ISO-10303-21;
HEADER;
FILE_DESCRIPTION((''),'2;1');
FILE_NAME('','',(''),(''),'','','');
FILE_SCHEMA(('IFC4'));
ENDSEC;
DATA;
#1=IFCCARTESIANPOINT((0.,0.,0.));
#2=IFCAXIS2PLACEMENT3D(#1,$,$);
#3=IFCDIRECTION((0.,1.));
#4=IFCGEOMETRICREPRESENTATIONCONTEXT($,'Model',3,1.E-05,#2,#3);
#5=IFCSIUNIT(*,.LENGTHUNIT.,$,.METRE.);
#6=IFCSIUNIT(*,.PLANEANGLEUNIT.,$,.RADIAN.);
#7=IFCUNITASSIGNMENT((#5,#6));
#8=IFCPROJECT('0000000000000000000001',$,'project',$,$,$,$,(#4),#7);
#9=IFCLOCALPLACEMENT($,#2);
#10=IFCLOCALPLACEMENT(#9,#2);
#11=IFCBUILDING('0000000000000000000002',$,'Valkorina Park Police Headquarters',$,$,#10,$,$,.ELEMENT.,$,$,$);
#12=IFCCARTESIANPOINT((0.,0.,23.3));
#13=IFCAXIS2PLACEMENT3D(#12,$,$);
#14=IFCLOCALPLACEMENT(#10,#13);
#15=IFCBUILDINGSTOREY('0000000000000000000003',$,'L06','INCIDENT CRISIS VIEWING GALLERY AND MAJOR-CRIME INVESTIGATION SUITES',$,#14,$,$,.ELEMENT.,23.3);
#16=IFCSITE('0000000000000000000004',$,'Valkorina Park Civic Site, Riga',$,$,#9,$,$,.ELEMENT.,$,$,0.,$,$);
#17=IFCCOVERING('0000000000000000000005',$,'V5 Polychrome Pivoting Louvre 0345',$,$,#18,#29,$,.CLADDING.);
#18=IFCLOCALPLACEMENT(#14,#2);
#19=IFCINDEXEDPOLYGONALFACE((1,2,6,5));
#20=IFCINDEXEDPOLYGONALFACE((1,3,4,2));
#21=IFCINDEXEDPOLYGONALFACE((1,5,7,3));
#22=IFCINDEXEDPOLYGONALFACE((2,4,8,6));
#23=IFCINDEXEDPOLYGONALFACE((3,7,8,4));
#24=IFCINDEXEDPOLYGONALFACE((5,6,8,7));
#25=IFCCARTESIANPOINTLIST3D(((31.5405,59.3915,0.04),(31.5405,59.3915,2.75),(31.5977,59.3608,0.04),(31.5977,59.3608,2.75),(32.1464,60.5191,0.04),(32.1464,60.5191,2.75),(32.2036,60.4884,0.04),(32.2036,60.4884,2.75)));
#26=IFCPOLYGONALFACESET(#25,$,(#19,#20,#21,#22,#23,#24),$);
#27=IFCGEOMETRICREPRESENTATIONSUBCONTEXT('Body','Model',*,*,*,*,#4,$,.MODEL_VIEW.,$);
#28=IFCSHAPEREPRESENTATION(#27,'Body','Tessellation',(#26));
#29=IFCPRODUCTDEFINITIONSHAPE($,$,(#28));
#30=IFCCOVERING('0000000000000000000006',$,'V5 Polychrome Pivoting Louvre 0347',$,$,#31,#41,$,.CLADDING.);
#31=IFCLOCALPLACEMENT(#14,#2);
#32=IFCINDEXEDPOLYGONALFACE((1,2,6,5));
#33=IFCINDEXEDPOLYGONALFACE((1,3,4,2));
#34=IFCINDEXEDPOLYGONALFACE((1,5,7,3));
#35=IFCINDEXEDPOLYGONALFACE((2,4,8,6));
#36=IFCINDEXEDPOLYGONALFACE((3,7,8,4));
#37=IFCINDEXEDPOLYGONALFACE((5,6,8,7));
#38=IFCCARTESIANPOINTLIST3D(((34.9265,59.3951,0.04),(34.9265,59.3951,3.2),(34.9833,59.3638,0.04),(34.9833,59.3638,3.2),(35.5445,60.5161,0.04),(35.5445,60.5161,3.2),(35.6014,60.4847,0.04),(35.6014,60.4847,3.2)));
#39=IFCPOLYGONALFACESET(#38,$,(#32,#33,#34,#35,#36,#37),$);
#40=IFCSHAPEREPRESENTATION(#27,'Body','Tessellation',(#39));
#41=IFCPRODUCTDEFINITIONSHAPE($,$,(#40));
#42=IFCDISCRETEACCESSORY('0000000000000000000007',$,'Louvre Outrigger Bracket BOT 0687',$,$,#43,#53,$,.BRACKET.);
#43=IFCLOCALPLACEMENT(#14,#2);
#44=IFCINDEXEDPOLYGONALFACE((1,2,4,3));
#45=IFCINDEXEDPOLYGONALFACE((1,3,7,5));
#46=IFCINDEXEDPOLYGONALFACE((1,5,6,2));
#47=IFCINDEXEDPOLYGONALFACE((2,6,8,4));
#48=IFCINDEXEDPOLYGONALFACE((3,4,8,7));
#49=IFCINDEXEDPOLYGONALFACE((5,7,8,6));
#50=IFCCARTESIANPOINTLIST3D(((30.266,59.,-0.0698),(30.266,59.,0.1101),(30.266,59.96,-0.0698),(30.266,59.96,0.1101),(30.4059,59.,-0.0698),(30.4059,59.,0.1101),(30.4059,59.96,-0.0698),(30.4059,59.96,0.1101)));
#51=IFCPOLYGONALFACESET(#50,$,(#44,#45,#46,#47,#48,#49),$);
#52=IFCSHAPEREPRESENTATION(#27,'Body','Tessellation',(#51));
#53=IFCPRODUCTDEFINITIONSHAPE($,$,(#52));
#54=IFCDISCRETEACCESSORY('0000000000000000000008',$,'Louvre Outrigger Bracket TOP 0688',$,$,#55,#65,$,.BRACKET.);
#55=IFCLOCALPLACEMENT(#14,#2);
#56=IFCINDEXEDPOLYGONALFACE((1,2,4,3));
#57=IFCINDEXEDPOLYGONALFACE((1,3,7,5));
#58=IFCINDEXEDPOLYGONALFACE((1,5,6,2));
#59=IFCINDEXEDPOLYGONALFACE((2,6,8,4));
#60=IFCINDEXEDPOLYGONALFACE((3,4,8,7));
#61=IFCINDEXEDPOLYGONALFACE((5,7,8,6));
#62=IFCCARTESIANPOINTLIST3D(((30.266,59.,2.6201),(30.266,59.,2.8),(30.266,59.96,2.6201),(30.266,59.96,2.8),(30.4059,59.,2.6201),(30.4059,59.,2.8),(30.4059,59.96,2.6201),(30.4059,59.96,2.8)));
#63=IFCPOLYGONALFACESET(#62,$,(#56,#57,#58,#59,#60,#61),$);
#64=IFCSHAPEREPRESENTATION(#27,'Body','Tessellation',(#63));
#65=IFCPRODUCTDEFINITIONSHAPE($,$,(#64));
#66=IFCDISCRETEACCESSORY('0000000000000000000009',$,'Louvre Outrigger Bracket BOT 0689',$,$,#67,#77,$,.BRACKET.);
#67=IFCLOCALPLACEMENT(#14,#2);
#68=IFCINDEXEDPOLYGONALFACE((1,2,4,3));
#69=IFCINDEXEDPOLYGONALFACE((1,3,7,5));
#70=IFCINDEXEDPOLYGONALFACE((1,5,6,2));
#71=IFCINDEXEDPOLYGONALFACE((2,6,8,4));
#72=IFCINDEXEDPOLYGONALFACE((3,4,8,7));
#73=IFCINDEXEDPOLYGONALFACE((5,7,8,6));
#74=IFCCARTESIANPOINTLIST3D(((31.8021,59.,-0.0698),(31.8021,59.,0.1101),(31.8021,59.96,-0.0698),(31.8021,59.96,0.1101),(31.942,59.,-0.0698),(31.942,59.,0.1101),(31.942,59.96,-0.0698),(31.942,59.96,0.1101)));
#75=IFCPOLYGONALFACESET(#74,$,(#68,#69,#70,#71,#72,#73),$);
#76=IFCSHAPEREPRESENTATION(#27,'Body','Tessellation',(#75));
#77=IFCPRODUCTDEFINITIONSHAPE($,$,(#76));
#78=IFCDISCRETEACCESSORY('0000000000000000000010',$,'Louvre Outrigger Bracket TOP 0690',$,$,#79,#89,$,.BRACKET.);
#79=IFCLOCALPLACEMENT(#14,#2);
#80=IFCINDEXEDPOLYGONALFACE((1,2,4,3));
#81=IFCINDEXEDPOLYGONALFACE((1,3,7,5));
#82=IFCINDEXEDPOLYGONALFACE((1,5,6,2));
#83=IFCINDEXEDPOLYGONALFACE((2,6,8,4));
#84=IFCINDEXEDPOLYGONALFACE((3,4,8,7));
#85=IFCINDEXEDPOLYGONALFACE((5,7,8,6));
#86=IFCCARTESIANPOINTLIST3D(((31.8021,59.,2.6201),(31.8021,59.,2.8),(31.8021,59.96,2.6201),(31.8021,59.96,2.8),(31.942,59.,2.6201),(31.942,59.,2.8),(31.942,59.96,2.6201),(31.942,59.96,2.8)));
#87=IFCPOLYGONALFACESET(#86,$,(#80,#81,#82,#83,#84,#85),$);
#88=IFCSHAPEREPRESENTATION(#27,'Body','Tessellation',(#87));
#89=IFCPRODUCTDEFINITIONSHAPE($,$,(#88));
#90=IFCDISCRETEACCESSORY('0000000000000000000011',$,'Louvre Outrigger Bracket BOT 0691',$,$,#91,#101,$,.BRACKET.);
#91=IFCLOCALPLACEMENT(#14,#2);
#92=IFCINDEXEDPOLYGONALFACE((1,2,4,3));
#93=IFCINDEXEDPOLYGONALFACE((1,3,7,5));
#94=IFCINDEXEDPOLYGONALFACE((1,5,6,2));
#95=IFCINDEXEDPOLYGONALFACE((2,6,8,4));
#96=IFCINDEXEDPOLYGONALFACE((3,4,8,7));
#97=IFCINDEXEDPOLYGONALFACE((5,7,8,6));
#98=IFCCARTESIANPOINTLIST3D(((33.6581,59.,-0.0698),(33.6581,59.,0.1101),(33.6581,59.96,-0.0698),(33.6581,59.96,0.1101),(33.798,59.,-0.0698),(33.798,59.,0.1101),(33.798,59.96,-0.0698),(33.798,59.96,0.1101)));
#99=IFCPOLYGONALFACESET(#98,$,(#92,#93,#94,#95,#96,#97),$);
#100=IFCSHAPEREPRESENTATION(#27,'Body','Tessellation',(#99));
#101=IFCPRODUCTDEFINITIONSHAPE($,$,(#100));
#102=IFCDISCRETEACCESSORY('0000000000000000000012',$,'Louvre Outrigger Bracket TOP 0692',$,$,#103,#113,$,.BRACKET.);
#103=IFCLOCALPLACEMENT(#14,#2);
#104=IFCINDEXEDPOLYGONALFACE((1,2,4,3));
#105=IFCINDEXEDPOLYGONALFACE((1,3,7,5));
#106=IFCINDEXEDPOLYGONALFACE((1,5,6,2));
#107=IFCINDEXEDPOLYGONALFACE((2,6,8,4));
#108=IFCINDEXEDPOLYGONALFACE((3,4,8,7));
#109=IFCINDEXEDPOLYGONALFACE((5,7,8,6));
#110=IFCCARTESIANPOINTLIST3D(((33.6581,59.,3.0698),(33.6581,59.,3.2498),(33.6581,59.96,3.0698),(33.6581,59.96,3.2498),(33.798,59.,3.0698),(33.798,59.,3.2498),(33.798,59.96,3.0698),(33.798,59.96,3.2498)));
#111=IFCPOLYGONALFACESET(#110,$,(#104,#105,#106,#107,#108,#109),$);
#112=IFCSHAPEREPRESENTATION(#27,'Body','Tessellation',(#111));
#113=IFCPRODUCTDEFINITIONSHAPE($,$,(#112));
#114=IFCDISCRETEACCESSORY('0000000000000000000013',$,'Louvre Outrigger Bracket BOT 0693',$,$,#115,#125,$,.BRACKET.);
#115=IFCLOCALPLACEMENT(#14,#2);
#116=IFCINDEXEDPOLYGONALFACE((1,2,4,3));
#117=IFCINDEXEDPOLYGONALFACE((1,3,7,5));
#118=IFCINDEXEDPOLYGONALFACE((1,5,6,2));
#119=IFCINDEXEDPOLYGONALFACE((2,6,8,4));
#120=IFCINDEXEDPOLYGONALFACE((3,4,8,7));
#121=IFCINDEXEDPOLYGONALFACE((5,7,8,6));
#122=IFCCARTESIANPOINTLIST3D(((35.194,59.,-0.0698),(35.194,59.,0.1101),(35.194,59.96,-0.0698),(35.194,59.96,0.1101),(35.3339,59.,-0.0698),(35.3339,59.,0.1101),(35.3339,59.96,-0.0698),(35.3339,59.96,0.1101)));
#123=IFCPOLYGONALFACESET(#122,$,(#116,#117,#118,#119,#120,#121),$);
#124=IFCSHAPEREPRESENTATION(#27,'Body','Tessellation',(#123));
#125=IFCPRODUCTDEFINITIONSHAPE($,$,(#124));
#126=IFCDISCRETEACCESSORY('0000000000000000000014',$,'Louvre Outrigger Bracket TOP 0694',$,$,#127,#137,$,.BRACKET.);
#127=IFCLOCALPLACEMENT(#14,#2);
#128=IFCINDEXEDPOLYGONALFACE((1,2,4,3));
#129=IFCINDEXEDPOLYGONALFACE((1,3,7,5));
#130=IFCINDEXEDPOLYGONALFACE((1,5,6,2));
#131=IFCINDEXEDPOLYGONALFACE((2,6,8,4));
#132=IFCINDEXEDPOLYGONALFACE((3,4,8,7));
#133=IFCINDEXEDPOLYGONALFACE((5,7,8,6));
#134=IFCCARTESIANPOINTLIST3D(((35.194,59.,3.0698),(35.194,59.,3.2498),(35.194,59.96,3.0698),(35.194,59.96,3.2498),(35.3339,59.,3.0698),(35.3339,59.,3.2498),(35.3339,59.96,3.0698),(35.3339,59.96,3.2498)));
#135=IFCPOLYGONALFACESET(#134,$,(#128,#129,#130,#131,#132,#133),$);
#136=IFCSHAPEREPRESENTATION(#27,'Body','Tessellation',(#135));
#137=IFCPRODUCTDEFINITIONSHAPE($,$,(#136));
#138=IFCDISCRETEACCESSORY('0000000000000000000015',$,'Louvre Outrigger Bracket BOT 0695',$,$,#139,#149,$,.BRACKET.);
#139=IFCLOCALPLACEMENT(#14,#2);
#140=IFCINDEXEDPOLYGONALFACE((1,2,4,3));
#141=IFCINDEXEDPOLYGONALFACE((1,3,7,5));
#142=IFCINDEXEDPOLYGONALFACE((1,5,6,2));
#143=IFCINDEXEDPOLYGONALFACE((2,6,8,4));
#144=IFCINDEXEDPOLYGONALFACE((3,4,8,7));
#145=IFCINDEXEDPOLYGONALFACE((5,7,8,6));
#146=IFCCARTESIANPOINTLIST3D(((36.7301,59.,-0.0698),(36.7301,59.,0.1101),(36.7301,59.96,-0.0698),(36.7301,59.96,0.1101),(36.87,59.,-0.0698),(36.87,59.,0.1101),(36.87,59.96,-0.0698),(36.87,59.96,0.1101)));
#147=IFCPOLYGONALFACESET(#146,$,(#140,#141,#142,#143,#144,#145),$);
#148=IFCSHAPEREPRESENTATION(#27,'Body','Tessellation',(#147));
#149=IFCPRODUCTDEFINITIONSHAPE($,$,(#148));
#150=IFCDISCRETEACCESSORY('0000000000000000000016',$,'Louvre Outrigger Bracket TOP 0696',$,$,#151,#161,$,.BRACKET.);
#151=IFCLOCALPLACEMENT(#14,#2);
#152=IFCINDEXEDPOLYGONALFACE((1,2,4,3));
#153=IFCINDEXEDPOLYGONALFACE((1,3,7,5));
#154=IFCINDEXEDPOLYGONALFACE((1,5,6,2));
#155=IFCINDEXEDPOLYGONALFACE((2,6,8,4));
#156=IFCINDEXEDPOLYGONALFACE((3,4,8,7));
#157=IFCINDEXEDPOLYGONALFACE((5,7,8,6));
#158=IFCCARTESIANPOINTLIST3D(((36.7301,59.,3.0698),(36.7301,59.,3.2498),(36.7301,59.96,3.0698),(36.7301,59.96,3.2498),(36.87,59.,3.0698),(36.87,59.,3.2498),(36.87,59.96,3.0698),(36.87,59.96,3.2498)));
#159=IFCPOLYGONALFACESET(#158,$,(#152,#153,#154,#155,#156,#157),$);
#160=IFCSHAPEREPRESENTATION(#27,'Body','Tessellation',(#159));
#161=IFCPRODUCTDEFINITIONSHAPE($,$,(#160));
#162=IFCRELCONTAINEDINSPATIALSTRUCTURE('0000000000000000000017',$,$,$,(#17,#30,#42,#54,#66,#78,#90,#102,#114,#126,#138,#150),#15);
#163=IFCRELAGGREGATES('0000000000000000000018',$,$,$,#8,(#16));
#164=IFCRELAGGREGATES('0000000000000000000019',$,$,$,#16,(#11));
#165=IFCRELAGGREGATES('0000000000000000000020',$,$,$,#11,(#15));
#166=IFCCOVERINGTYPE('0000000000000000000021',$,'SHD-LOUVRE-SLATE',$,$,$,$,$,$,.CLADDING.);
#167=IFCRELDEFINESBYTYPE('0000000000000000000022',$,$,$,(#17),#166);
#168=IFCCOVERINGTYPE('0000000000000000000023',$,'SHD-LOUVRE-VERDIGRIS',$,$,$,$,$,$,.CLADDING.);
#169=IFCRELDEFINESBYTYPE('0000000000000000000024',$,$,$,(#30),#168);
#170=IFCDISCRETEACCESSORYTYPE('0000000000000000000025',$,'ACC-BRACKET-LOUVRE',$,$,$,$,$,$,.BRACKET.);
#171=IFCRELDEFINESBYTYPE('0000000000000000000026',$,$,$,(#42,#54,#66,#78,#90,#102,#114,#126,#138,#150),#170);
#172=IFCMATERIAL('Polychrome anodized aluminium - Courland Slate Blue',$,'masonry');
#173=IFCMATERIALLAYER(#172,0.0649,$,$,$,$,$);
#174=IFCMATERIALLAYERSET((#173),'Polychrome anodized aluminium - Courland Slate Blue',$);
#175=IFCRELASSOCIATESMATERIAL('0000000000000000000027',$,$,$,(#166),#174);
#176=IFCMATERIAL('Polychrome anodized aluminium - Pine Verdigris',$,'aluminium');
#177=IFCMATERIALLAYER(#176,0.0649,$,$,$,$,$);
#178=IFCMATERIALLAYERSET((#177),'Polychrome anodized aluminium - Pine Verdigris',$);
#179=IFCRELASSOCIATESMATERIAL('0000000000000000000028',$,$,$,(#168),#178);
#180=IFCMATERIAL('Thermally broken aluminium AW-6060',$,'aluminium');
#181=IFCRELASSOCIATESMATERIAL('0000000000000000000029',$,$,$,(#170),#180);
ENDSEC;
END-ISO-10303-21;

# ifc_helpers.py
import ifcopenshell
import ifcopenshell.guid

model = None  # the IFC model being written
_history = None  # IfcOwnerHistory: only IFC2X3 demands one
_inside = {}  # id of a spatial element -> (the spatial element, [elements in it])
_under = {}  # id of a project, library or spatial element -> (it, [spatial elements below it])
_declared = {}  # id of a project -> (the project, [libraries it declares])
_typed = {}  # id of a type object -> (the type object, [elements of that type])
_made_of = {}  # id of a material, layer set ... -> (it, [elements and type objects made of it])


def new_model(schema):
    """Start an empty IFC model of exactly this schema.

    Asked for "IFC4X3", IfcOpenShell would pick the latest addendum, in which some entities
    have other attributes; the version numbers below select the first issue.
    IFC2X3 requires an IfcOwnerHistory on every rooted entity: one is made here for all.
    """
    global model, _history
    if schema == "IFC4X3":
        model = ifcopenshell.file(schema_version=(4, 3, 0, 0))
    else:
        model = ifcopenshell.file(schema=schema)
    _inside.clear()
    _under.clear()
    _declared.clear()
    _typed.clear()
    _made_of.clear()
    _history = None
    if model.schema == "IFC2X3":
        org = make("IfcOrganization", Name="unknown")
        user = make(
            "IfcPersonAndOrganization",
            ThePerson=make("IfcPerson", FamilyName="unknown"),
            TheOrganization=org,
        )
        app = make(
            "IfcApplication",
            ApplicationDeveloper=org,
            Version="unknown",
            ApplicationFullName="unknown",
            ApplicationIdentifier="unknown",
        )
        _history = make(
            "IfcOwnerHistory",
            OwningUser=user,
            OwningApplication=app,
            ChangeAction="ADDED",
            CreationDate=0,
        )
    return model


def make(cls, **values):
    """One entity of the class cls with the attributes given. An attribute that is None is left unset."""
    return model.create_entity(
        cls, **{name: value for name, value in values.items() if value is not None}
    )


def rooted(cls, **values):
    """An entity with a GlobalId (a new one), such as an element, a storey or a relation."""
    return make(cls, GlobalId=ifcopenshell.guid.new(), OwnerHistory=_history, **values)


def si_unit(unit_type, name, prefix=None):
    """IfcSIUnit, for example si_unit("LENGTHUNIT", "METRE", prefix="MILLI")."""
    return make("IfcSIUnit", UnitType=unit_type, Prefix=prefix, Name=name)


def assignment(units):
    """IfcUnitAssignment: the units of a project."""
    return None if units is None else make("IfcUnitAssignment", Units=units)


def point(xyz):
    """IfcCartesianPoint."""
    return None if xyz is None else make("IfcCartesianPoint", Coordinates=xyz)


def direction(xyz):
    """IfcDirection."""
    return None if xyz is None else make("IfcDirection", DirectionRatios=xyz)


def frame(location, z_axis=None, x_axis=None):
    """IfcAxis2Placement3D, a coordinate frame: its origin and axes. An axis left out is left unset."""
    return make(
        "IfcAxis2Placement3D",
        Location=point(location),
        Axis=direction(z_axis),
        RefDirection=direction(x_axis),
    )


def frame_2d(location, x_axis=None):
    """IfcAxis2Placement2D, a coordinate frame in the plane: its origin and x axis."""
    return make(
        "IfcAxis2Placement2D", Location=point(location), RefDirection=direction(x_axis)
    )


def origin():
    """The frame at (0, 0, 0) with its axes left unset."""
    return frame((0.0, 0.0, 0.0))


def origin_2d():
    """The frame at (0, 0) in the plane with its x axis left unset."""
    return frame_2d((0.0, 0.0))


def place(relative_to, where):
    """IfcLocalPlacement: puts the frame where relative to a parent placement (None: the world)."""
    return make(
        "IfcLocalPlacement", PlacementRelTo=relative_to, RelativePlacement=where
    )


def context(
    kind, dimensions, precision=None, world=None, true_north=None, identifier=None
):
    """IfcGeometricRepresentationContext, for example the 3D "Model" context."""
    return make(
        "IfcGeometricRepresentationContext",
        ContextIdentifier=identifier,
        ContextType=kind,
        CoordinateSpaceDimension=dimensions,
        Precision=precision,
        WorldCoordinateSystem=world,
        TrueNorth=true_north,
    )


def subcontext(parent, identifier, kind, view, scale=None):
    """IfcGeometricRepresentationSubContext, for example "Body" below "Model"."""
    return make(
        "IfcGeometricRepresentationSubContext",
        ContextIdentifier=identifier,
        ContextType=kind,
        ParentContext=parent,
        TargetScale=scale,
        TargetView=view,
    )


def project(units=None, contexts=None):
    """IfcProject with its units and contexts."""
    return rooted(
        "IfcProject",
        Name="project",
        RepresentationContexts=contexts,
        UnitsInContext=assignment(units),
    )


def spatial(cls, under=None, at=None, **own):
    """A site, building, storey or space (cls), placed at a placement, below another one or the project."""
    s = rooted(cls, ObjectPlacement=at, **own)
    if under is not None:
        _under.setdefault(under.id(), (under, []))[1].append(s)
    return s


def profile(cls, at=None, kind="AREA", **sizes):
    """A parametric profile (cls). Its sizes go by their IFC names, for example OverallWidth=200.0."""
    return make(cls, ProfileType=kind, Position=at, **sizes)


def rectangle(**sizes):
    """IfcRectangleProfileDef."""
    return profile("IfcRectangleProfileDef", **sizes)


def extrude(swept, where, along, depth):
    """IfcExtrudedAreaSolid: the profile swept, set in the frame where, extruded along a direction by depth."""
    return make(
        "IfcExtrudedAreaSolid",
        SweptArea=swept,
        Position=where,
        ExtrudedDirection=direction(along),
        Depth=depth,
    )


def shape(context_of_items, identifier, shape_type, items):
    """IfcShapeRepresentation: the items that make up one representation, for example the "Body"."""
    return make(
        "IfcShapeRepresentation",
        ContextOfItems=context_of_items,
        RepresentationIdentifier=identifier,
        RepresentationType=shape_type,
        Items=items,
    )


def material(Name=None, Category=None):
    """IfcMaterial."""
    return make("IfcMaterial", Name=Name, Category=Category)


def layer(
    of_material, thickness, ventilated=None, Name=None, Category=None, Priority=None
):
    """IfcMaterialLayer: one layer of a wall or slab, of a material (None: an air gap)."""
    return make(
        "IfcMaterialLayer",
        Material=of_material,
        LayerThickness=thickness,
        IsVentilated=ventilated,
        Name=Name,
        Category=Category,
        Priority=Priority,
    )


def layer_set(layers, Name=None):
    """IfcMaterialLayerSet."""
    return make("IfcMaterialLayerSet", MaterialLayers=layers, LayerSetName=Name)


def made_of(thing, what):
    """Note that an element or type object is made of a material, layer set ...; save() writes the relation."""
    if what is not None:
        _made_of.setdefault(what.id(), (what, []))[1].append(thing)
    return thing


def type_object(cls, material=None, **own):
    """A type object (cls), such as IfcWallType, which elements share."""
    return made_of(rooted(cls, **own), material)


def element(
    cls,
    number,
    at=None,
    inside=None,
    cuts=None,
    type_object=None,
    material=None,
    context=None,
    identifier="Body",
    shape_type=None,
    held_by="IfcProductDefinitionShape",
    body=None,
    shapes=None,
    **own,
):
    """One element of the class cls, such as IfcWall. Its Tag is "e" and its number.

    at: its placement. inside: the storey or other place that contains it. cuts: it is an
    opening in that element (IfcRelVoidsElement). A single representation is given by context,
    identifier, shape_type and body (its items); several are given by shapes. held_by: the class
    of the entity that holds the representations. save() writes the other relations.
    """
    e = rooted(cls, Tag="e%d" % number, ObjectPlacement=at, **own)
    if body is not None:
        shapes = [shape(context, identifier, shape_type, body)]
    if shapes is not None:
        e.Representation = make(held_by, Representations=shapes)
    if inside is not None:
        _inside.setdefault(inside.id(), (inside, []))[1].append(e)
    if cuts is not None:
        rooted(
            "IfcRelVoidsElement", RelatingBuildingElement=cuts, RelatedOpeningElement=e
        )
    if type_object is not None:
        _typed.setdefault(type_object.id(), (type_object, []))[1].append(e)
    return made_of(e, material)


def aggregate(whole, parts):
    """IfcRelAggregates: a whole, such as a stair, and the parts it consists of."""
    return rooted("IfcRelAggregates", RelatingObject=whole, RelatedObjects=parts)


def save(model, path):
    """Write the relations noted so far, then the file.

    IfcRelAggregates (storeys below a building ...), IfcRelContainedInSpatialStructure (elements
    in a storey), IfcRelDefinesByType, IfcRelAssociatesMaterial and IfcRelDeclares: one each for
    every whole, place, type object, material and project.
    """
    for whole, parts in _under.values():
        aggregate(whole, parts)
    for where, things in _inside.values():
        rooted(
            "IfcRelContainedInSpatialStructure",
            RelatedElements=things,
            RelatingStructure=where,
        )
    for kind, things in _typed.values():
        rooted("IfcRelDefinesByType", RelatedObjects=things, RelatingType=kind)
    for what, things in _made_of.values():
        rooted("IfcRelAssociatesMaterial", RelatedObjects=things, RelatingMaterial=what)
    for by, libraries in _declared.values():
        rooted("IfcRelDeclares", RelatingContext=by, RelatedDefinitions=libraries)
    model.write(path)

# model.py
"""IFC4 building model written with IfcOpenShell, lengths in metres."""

from ifc_helpers import new_model, si_unit, direction, frame, origin, origin_2d, place, context, subcontext, project, spatial, rectangle, extrude, material, layer, layer_set, type_object, element, save


model = new_model("IFC4")

# Units and contexts
model_context = context("Model", 3, precision=1e-05, world=origin(), true_north=direction((0.0, 1.0)))
body_context = subcontext(model_context, "Body", "Model", "MODEL_VIEW")
ifc_project = project(units=[si_unit("LENGTHUNIT", "METRE"), si_unit("PLANEANGLEUNIT", "RADIAN")], contexts=[model_context])

# Site, building, storey
site_placement = place(None, origin())
site = spatial("IfcSite", under=ifc_project, at=site_placement, Name="Valkorina Park Civic Site, Riga", CompositionType="ELEMENT", RefElevation=0.0)
building_placement = place(site_placement, origin())
building = spatial("IfcBuilding", under=site, at=building_placement, Name="Valkorina Park Police Headquarters", CompositionType="ELEMENT")
storey_placement = place(building_placement, frame((0.0, 0.0, 23.3)))
storey = spatial("IfcBuildingStorey", under=building, at=storey_placement, Name="L06", Description="INCIDENT CRISIS VIEWING GALLERY AND MAJOR-CRIME INVESTIGATION SUITES", CompositionType="ELEMENT", Elevation=23.3)

# Shared definitions
ifc_material_1 = material(Name="Thermally broken aluminium AW-6060", Category="aluminium")

# Coverings
ifc_material_2 = material(Name="Polychrome anodized aluminium - Courland Slate Blue", Category="masonry")
ifc_layer_1 = layer(ifc_material_2, 0.0649)
ifc_layer_set_1 = layer_set([ifc_layer_1], Name="Polychrome anodized aluminium - Courland Slate Blue")
covering_type_1 = type_object("IfcCoveringType", Name="SHD-LOUVRE-SLATE", PredefinedType="CLADDING", material=ifc_layer_set_1)
covering_1_placement = place(storey_placement, frame((31.8721, 59.9399, 0.04), z_axis=(0.0, 0.0, 1.0), x_axis=(0.47332, 0.880891, 0.0)))
element("IfcCovering", 1, at=covering_1_placement, inside=storey, type_object=covering_type_1, Name="V5 Polychrome Pivoting Louvre 0345", PredefinedType="CLADDING", context=body_context, shape_type="SweptSolid", body=[
    extrude(rectangle(XDim=1.28, YDim=0.0649, at=origin_2d()), origin(), (0.0, 0.0, 1.0), 2.71),
])
ifc_material_3 = material(Name="Polychrome anodized aluminium - Pine Verdigris", Category="aluminium")
ifc_layer_2 = layer(ifc_material_3, 0.0649)
ifc_layer_set_2 = layer_set([ifc_layer_2], Name="Polychrome anodized aluminium - Pine Verdigris")
covering_type_2 = type_object("IfcCoveringType", Name="SHD-LOUVRE-VERDIGRIS", PredefinedType="CLADDING", material=ifc_layer_set_2)
covering_2_placement = place(storey_placement, frame((35.2639, 59.9399, 0.04), z_axis=(0.0, 0.0, 1.0), x_axis=(0.482824, 0.875717, 0.0)))
element("IfcCovering", 2, at=covering_2_placement, inside=storey, type_object=covering_type_2, Name="V5 Polychrome Pivoting Louvre 0347", PredefinedType="CLADDING", context=body_context, shape_type="SweptSolid", body=[
    extrude(rectangle(XDim=1.28, YDim=0.0649, at=origin_2d()), origin(), (0.0, 0.0, 1.0), 3.1599),
])

# Discrete accessories
discrete_accessory_type = type_object("IfcDiscreteAccessoryType", Name="ACC-BRACKET-LOUVRE", PredefinedType="BRACKET", material=ifc_material_1)
for number, where, z_axis, x_axis, name in (
    (3, (30.3359, 59.48, -0.0698), (0.0, 0.0, 1.0), (0.0, 1.0, 0.0), "Louvre Outrigger Bracket BOT 0687"),
    (4, (30.3359, 59.48, 2.6201), (0.0, 0.0, 1.0), (0.0, 1.0, 0.0), "Louvre Outrigger Bracket TOP 0688"),
    (5, (31.8721, 59.48, -0.0698), (0.0, 0.0, 1.0), (0.0, 1.0, 0.0), "Louvre Outrigger Bracket BOT 0689"),
    (6, (31.8721, 59.48, 2.6201), (0.0, 0.0, 1.0), (0.0, 1.0, 0.0), "Louvre Outrigger Bracket TOP 0690"),
    (7, (33.728, 59.48, -0.0698), (0.0, 0.0, 1.0), (0.0, 1.0, 0.0), "Louvre Outrigger Bracket BOT 0691"),
    (8, (33.728, 59.48, 3.0698), (0.0, 0.0, 1.0), (0.0, 1.0, 0.0), "Louvre Outrigger Bracket TOP 0692"),
    (9, (35.2639, 59.48, -0.0698), (0.0, 0.0, 1.0), (0.0, 1.0, 0.0), "Louvre Outrigger Bracket BOT 0693"),
    (10, (35.2639, 59.48, 3.0698), (0.0, 0.0, 1.0), (0.0, 1.0, 0.0), "Louvre Outrigger Bracket TOP 0694"),
    (11, (36.8, 59.48, -0.0698), (0.0, 0.0, 1.0), (0.0, 1.0, 0.0), "Louvre Outrigger Bracket BOT 0695"),
    (12, (36.8, 59.48, 3.0698), (0.0, 0.0, 1.0), (0.0, 1.0, 0.0), "Louvre Outrigger Bracket TOP 0696"),
):
    element("IfcDiscreteAccessory", number, at=place(storey_placement, frame(where, z_axis=z_axis, x_axis=x_axis)), inside=storey, type_object=discrete_accessory_type, Name=name, PredefinedType="BRACKET", context=body_context, shape_type="SweptSolid", body=[
        extrude(rectangle(XDim=0.96, YDim=0.1399, at=origin_2d()), origin(), (0.0, 0.0, 1.0), 0.1799),
    ])

save(model, "model.ifc")
